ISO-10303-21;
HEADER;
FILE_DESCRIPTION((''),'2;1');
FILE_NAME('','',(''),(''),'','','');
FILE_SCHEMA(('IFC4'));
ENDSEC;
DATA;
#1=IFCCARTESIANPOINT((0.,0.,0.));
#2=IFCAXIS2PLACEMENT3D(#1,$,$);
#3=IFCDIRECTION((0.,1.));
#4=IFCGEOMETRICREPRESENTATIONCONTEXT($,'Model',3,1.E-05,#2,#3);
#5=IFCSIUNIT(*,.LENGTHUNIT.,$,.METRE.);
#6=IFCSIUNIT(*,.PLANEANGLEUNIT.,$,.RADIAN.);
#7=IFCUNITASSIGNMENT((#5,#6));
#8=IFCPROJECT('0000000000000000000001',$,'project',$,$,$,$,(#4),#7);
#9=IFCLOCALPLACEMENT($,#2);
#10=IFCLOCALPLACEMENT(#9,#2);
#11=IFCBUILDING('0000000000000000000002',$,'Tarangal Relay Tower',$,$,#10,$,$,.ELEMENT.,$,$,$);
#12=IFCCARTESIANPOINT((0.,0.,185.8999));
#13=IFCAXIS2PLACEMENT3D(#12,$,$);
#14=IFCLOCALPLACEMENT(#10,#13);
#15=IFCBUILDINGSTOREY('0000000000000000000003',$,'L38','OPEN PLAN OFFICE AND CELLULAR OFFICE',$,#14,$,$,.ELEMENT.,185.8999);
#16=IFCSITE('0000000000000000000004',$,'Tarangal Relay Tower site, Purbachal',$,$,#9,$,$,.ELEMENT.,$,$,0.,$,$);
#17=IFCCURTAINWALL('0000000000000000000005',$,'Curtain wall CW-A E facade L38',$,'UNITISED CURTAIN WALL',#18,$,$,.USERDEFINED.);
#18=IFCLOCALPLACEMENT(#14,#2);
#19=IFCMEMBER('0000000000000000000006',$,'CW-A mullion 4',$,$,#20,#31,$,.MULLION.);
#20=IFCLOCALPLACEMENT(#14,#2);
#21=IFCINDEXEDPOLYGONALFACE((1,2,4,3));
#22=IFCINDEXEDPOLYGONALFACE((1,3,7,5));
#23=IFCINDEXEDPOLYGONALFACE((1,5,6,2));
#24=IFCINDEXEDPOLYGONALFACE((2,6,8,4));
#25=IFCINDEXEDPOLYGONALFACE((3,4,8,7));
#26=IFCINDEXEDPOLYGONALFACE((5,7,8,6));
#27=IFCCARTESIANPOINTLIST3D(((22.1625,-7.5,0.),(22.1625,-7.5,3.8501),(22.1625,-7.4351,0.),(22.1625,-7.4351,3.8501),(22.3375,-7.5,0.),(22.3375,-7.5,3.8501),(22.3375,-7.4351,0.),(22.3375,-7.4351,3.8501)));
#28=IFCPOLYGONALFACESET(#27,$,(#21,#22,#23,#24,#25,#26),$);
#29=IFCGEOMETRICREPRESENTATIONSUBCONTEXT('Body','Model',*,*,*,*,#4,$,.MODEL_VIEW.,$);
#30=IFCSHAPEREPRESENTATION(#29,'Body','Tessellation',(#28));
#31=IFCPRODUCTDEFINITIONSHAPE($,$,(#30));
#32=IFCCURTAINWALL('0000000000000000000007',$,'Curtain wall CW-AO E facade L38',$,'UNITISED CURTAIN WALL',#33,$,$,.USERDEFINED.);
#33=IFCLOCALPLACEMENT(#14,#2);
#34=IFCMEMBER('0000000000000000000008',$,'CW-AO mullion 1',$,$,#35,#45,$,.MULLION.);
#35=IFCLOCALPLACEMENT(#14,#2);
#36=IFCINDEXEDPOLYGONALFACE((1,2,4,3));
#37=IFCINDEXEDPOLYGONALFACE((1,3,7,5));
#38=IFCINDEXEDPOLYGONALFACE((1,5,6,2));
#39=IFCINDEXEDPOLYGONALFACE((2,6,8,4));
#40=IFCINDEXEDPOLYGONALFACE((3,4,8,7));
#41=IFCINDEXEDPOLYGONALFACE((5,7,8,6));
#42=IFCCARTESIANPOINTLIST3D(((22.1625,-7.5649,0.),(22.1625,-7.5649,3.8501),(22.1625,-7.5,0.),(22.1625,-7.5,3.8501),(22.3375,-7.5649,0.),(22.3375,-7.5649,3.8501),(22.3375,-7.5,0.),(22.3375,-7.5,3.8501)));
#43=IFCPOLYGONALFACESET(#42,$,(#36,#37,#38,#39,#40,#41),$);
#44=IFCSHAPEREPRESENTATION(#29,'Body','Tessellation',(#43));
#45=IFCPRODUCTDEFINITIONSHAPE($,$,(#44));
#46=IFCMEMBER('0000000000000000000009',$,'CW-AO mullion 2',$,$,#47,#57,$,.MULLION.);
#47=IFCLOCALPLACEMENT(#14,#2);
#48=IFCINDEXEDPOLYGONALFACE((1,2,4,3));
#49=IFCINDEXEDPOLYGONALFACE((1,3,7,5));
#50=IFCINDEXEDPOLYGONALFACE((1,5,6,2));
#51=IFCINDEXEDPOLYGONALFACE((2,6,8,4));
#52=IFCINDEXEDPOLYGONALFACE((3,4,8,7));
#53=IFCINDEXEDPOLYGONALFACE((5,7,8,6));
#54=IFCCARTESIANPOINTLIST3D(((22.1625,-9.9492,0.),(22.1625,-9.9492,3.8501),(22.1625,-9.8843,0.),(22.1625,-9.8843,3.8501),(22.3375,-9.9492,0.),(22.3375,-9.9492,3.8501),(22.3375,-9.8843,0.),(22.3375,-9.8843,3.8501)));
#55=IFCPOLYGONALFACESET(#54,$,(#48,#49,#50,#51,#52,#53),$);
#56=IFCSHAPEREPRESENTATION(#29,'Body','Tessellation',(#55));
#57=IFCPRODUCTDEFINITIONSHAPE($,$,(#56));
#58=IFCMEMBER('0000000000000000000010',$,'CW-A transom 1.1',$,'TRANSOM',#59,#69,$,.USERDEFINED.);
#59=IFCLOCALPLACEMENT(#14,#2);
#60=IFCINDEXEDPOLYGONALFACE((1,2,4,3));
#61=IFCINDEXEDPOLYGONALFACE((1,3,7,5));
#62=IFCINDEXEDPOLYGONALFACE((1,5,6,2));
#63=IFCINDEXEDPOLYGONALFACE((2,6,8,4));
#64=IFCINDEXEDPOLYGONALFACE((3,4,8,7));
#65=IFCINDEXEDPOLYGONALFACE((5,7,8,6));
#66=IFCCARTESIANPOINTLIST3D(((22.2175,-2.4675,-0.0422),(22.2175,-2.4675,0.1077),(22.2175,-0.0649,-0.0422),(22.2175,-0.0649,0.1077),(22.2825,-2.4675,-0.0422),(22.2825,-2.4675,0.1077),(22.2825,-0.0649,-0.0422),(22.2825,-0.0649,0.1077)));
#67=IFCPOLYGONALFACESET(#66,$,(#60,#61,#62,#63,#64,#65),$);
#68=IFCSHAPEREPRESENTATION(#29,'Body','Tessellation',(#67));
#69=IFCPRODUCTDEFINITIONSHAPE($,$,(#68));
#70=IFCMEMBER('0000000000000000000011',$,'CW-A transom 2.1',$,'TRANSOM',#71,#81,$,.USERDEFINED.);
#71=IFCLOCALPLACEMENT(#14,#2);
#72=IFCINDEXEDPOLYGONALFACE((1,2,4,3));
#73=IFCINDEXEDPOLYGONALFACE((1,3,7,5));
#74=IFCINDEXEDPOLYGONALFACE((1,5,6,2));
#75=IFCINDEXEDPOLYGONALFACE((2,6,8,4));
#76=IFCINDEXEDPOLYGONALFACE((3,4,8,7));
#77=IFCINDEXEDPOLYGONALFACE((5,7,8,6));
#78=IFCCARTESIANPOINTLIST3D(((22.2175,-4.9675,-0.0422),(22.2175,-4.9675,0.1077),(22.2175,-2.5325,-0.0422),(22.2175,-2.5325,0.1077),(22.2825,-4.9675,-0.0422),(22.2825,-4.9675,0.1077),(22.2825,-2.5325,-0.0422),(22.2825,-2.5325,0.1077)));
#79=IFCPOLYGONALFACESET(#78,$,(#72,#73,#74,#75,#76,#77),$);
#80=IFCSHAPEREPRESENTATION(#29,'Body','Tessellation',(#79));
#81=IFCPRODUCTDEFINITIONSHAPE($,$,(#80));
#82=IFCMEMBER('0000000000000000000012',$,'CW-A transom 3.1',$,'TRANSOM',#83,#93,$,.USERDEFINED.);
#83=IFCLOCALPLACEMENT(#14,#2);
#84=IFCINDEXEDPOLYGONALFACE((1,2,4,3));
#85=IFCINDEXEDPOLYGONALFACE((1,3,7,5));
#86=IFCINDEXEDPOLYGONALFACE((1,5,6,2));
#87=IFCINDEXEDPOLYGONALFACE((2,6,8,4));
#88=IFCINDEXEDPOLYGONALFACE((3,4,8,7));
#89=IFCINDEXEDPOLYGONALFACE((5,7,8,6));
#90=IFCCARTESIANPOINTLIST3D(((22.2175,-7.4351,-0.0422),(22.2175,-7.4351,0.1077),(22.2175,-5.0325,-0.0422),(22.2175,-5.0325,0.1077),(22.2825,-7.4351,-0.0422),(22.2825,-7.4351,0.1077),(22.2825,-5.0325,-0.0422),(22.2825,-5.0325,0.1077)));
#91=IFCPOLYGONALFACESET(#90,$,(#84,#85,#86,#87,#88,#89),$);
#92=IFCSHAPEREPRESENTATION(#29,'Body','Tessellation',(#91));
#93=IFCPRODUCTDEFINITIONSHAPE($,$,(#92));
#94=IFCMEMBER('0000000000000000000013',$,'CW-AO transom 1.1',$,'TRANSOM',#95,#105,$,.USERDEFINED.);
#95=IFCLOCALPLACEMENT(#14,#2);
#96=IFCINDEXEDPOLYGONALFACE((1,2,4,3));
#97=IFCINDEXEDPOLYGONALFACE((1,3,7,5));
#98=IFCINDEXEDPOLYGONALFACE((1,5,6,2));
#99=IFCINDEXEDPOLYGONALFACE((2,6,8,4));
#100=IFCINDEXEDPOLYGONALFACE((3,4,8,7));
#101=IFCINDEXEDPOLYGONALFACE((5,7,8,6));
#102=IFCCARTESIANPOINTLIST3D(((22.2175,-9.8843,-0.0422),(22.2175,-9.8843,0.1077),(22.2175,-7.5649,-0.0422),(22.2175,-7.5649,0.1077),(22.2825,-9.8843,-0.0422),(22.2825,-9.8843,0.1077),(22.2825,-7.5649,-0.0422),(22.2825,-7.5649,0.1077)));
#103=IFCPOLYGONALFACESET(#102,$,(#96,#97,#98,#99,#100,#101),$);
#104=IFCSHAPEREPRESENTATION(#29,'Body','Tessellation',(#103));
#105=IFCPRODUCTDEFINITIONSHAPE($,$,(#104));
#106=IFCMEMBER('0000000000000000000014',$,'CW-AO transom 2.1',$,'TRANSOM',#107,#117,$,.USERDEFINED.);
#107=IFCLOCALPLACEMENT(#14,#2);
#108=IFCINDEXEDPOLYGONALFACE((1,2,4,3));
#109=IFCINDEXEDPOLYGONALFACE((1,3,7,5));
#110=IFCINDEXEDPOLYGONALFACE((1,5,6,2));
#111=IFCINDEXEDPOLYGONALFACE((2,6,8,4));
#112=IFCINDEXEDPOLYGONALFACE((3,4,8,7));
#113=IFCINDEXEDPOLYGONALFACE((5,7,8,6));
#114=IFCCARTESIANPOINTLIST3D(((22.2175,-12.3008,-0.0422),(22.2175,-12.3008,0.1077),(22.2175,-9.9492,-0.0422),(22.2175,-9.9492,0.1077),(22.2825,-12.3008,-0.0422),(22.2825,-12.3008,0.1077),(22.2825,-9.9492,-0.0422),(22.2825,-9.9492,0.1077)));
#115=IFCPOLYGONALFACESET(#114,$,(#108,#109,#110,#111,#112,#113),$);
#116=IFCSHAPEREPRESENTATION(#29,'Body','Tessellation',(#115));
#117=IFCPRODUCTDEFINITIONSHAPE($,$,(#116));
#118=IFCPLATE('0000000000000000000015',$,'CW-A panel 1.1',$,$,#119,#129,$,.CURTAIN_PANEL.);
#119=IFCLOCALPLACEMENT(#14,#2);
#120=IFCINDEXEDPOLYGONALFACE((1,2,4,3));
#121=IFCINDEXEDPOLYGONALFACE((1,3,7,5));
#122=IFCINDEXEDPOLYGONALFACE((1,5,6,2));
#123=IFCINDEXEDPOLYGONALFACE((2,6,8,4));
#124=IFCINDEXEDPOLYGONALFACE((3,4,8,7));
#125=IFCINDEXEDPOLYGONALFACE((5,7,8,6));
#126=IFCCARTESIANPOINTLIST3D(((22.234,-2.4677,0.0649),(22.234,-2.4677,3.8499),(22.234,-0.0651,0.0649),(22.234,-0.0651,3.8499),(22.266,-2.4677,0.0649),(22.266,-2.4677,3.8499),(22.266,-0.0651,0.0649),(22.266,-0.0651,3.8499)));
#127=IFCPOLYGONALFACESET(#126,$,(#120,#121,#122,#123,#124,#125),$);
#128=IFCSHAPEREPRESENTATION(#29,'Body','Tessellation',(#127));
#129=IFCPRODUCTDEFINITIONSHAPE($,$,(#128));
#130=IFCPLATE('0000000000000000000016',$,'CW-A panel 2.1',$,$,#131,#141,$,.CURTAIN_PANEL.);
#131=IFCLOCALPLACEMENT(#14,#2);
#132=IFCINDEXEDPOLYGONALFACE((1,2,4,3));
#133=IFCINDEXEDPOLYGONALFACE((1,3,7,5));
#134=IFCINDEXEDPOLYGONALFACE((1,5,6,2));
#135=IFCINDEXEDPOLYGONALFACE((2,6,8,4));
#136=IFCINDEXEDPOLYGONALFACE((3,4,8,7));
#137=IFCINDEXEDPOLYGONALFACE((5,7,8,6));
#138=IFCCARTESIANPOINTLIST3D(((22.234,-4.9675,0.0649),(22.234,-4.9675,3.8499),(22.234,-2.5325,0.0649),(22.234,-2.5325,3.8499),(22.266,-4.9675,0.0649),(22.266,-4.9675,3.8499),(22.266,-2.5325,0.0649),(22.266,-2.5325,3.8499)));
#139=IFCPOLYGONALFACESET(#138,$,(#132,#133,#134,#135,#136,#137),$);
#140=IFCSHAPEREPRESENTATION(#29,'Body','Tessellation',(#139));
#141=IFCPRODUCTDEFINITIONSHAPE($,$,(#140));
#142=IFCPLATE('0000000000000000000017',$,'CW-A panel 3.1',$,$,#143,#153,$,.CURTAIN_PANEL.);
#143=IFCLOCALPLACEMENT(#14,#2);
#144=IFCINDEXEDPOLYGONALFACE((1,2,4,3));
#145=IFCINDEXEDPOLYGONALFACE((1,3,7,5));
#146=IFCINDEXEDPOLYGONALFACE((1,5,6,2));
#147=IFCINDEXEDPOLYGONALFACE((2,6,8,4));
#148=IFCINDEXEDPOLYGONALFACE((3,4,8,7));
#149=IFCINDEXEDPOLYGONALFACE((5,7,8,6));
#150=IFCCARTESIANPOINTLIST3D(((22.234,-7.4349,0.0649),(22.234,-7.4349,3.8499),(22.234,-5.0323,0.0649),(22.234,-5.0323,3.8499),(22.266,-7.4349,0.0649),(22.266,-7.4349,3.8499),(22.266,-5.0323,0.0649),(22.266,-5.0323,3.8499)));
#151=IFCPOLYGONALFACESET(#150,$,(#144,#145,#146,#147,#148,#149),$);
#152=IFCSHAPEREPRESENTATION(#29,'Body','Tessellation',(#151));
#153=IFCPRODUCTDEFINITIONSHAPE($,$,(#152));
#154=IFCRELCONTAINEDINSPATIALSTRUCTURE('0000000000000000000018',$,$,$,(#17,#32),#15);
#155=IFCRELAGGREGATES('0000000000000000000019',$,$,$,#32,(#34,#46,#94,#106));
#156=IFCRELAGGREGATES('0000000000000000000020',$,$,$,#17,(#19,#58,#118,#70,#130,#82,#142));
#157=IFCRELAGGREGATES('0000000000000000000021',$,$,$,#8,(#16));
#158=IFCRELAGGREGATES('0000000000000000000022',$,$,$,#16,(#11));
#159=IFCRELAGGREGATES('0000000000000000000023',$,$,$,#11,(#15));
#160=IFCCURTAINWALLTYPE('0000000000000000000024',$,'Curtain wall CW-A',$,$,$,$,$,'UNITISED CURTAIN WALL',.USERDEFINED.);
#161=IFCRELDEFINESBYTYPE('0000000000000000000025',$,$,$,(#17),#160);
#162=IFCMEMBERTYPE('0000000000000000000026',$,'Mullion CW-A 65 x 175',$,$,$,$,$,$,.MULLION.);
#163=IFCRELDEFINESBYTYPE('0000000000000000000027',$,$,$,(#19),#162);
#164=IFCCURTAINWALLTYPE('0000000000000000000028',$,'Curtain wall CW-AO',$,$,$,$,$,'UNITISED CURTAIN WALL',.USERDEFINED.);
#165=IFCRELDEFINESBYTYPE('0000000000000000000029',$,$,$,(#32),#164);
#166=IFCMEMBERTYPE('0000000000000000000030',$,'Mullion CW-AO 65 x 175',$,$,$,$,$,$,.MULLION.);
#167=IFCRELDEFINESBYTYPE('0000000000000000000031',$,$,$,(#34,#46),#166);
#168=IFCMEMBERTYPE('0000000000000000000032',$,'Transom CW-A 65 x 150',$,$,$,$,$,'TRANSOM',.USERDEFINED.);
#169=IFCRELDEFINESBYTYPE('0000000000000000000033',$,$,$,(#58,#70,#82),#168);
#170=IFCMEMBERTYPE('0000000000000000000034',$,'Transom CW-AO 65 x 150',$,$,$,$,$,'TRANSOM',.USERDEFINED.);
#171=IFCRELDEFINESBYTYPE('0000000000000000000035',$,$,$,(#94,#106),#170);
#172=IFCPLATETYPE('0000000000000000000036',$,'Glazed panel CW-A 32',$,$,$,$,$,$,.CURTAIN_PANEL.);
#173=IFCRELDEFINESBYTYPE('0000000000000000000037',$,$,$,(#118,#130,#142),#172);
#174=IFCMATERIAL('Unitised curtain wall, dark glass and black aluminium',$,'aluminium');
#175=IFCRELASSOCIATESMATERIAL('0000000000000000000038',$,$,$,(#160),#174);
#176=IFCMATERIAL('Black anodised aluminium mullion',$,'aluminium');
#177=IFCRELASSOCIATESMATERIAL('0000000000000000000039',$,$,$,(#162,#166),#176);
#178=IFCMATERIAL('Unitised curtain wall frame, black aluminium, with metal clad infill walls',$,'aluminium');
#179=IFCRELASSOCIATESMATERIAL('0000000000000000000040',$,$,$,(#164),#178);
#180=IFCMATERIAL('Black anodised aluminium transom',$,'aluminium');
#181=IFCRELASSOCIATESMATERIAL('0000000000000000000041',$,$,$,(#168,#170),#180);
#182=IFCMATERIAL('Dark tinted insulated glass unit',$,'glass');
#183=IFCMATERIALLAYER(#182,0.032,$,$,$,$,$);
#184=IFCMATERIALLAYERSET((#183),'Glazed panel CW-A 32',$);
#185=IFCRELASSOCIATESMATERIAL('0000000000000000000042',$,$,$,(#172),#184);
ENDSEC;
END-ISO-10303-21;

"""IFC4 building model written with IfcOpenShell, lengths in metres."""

from ifc_helpers import new_model, si_unit, direction, frame, origin, origin_2d, place, context, subcontext, project, spatial, rectangle, extrude, material, layer, layer_set, material_profile, profile_set, type_object, element, aggregate, save


model = new_model("IFC4")

# Units and contexts
model_context = context("Model", 3, precision=1e-05, world=origin(), true_north=direction((0.0, 1.0)))
body_context = subcontext(model_context, "Body", "Model", "MODEL_VIEW")
ifc_project = project(units=[si_unit("LENGTHUNIT", "METRE"), si_unit("PLANEANGLEUNIT", "RADIAN")], contexts=[model_context])

# Site, building, storey
site_placement = place(None, origin())
site = spatial("IfcSite", under=ifc_project, at=site_placement, Name="Tarangal Relay Tower site, Purbachal", CompositionType="ELEMENT", RefElevation=0.0)
building_placement = place(site_placement, origin())
building = spatial("IfcBuilding", under=site, at=building_placement, Name="Tarangal Relay Tower", CompositionType="ELEMENT")
storey_placement = place(building_placement, frame((0.0, 0.0, 185.8999)))
storey = spatial("IfcBuildingStorey", under=building, at=storey_placement, Name="L38", Description="OPEN PLAN OFFICE AND CELLULAR OFFICE", CompositionType="ELEMENT", Elevation=185.8999)

# Curtain walls, members
ifc_material_1 = material(Name="Unitised curtain wall, dark glass and black aluminium", Category="aluminium")
curtain_wall_type_1 = type_object("IfcCurtainWallType", Name="Curtain wall CW-A", ElementType="UNITISED CURTAIN WALL", PredefinedType="USERDEFINED", material=ifc_material_1)
curtain_wall_1_placement = place(storey_placement, origin())
curtain_wall_1 = element("IfcCurtainWall", 1, at=curtain_wall_1_placement, inside=storey, type_object=curtain_wall_type_1, Name="Curtain wall CW-A E facade L38", ObjectType="UNITISED CURTAIN WALL", PredefinedType="USERDEFINED")
ifc_material_2 = material(Name="Black anodised aluminium mullion", Category="aluminium")
ifc_material_profile_1 = material_profile(ifc_material_2, rectangle(XDim=0.175, YDim=0.0649, at=origin_2d()), Name="CW-AM 65X175")
ifc_profile_set_1 = profile_set([ifc_material_profile_1], Name="Black anodised aluminium mullion")
member_type_1 = type_object("IfcMemberType", Name="Mullion CW-A 65 x 175", PredefinedType="MULLION", material=ifc_profile_set_1)
member_1_placement = place(storey_placement, frame((22.25, -7.4675, 0.0), z_axis=(0.0, 0.0, 1.0), x_axis=(1.0, 0.0, 0.0)))
member_1 = element("IfcMember", 2, at=member_1_placement, type_object=member_type_1, Name="CW-A mullion 4", PredefinedType="MULLION", context=body_context, shape_type="SweptSolid", body=[
    extrude(rectangle(XDim=0.175, YDim=0.0649, at=origin_2d()), origin(), (0.0, 0.0, 1.0), 3.8501),
])
ifc_material_3 = material(Name="Unitised curtain wall frame, black aluminium, with metal clad infill walls", Category="aluminium")
curtain_wall_type_2 = type_object("IfcCurtainWallType", Name="Curtain wall CW-AO", ElementType="UNITISED CURTAIN WALL", PredefinedType="USERDEFINED", material=ifc_material_3)
curtain_wall_2_placement = place(storey_placement, origin())
curtain_wall_2 = element("IfcCurtainWall", 3, at=curtain_wall_2_placement, inside=storey, type_object=curtain_wall_type_2, Name="Curtain wall CW-AO E facade L38", ObjectType="UNITISED CURTAIN WALL", PredefinedType="USERDEFINED")
ifc_material_profile_2 = material_profile(ifc_material_2, rectangle(XDim=0.175, YDim=0.0649, at=origin_2d()), Name="CW-AOM 65X175")
ifc_profile_set_2 = profile_set([ifc_material_profile_2], Name="Black anodised aluminium mullion")
member_type_2 = type_object("IfcMemberType", Name="Mullion CW-AO 65 x 175", PredefinedType="MULLION", material=ifc_profile_set_2)
member_2_placement = place(storey_placement, frame((22.25, -7.5325, 0.0), z_axis=(0.0, 0.0, 1.0), x_axis=(1.0, 0.0, 0.0)))
member_2 = element("IfcMember", 4, at=member_2_placement, type_object=member_type_2, Name="CW-AO mullion 1", PredefinedType="MULLION", context=body_context, shape_type="SweptSolid", body=[
    extrude(rectangle(XDim=0.175, YDim=0.0649, at=origin_2d()), origin(), (0.0, 0.0, 1.0), 3.8501),
])
member_3_placement = place(storey_placement, frame((22.25, -9.9167, 0.0), z_axis=(0.0, 0.0, 1.0), x_axis=(1.0, 0.0, 0.0)))
member_3 = element("IfcMember", 5, at=member_3_placement, type_object=member_type_2, Name="CW-AO mullion 2", PredefinedType="MULLION", context=body_context, shape_type="SweptSolid", body=[
    extrude(rectangle(XDim=0.175, YDim=0.0649, at=origin_2d()), origin(), (0.0, 0.0, 1.0), 3.8501),
])

# Members
ifc_material_4 = material(Name="Black anodised aluminium transom", Category="aluminium")
ifc_material_profile_3 = material_profile(ifc_material_4, rectangle(XDim=0.0649, YDim=0.1499, at=origin_2d()), Name="CW-AT 65X150")
ifc_profile_set_3 = profile_set([ifc_material_profile_3], Name="Black anodised aluminium transom")
member_type_3 = type_object("IfcMemberType", Name="Transom CW-A 65 x 150", ElementType="TRANSOM", PredefinedType="USERDEFINED", material=ifc_profile_set_3)
member_4_placement = place(storey_placement, frame((22.25, -0.0649, 0.0327), z_axis=(0.0, -1.0, 0.0), x_axis=(1.0, 0.0, 0.0)))
member_4 = element("IfcMember", 6, at=member_4_placement, type_object=member_type_3, Name="CW-A transom 1.1", ObjectType="TRANSOM", PredefinedType="USERDEFINED", context=body_context, shape_type="SweptSolid", body=[
    extrude(rectangle(XDim=0.0649, YDim=0.1499, at=origin_2d()), origin(), (0.0, 0.0, 1.0), 2.4026),
])
member_5_placement = place(storey_placement, frame((22.25, -2.5325, 0.0327), z_axis=(0.0, -1.0, 0.0), x_axis=(1.0, 0.0, 0.0)))
member_5 = element("IfcMember", 7, at=member_5_placement, type_object=member_type_3, Name="CW-A transom 2.1", ObjectType="TRANSOM", PredefinedType="USERDEFINED", context=body_context, shape_type="SweptSolid", body=[
    extrude(rectangle(XDim=0.0649, YDim=0.1499, at=origin_2d()), origin(), (0.0, 0.0, 1.0), 2.4351),
])
member_6_placement = place(storey_placement, frame((22.25, -5.0325, 0.0327), z_axis=(0.0, -1.0, 0.0), x_axis=(1.0, 0.0, 0.0)))
member_6 = element("IfcMember", 8, at=member_6_placement, type_object=member_type_3, Name="CW-A transom 3.1", ObjectType="TRANSOM", PredefinedType="USERDEFINED", context=body_context, shape_type="SweptSolid", body=[
    extrude(rectangle(XDim=0.0649, YDim=0.1499, at=origin_2d()), origin(), (0.0, 0.0, 1.0), 2.4026),
])
ifc_material_profile_4 = material_profile(ifc_material_4, rectangle(XDim=0.0649, YDim=0.1499, at=origin_2d()), Name="CW-AOT 65X150")
ifc_profile_set_4 = profile_set([ifc_material_profile_4], Name="Black anodised aluminium transom")
member_type_4 = type_object("IfcMemberType", Name="Transom CW-AO 65 x 150", ElementType="TRANSOM", PredefinedType="USERDEFINED", material=ifc_profile_set_4)
member_7_placement = place(storey_placement, frame((22.25, -7.5649, 0.0327), z_axis=(0.0, -1.0, 0.0), x_axis=(1.0, 0.0, 0.0)))
member_7 = element("IfcMember", 9, at=member_7_placement, type_object=member_type_4, Name="CW-AO transom 1.1", ObjectType="TRANSOM", PredefinedType="USERDEFINED", context=body_context, shape_type="SweptSolid", body=[
    extrude(rectangle(XDim=0.0649, YDim=0.1499, at=origin_2d()), origin(), (0.0, 0.0, 1.0), 2.3193),
])
member_8_placement = place(storey_placement, frame((22.25, -9.9492, 0.0327), z_axis=(0.0, -1.0, 0.0), x_axis=(1.0, 0.0, 0.0)))
member_8 = element("IfcMember", 10, at=member_8_placement, type_object=member_type_4, Name="CW-AO transom 2.1", ObjectType="TRANSOM", PredefinedType="USERDEFINED", context=body_context, shape_type="SweptSolid", body=[
    extrude(rectangle(XDim=0.0649, YDim=0.1499, at=origin_2d()), origin(), (0.0, 0.0, 1.0), 2.3516),
])
aggregate(curtain_wall_2, [member_2, member_3, member_7, member_8])

# Plates
ifc_material_5 = material(Name="Dark tinted insulated glass unit", Category="glass")
ifc_layer_1 = layer(ifc_material_5, 0.032)
ifc_layer_set_1 = layer_set([ifc_layer_1], Name="Glazed panel CW-A 32")
plate_type = type_object("IfcPlateType", Name="Glazed panel CW-A 32", PredefinedType="CURTAIN_PANEL", material=ifc_layer_set_1)
plate_1_placement = place(storey_placement, frame((22.25, -1.2664, 0.0649), z_axis=(0.0, 0.0, 1.0), x_axis=(0.0, -1.0, 0.0)))
plate_1 = element("IfcPlate", 11, at=plate_1_placement, type_object=plate_type, Name="CW-A panel 1.1", PredefinedType="CURTAIN_PANEL", context=body_context, shape_type="SweptSolid", body=[
    extrude(rectangle(XDim=2.4026, YDim=0.032, at=origin_2d()), origin(), (0.0, 0.0, 1.0), 3.7849),
])
plate_2_placement = place(storey_placement, frame((22.25, -3.75, 0.0649), z_axis=(0.0, 0.0, 1.0), x_axis=(0.0, -1.0, 0.0)))
plate_2 = element("IfcPlate", 12, at=plate_2_placement, type_object=plate_type, Name="CW-A panel 2.1", PredefinedType="CURTAIN_PANEL", context=body_context, shape_type="SweptSolid", body=[
    extrude(rectangle(XDim=2.4351, YDim=0.032, at=origin_2d()), origin(), (0.0, 0.0, 1.0), 3.7849),
])
plate_3_placement = place(storey_placement, frame((22.25, -6.2336, 0.0649), z_axis=(0.0, 0.0, 1.0), x_axis=(0.0, -1.0, 0.0)))
plate_3 = element("IfcPlate", 13, at=plate_3_placement, type_object=plate_type, Name="CW-A panel 3.1", PredefinedType="CURTAIN_PANEL", context=body_context, shape_type="SweptSolid", body=[
    extrude(rectangle(XDim=2.4026, YDim=0.032, at=origin_2d()), origin(), (0.0, 0.0, 1.0), 3.7849),
])
aggregate(curtain_wall_1, [member_1, member_4, plate_1, member_5, plate_2, member_6, plate_3])

save(model, "model.ifc")
